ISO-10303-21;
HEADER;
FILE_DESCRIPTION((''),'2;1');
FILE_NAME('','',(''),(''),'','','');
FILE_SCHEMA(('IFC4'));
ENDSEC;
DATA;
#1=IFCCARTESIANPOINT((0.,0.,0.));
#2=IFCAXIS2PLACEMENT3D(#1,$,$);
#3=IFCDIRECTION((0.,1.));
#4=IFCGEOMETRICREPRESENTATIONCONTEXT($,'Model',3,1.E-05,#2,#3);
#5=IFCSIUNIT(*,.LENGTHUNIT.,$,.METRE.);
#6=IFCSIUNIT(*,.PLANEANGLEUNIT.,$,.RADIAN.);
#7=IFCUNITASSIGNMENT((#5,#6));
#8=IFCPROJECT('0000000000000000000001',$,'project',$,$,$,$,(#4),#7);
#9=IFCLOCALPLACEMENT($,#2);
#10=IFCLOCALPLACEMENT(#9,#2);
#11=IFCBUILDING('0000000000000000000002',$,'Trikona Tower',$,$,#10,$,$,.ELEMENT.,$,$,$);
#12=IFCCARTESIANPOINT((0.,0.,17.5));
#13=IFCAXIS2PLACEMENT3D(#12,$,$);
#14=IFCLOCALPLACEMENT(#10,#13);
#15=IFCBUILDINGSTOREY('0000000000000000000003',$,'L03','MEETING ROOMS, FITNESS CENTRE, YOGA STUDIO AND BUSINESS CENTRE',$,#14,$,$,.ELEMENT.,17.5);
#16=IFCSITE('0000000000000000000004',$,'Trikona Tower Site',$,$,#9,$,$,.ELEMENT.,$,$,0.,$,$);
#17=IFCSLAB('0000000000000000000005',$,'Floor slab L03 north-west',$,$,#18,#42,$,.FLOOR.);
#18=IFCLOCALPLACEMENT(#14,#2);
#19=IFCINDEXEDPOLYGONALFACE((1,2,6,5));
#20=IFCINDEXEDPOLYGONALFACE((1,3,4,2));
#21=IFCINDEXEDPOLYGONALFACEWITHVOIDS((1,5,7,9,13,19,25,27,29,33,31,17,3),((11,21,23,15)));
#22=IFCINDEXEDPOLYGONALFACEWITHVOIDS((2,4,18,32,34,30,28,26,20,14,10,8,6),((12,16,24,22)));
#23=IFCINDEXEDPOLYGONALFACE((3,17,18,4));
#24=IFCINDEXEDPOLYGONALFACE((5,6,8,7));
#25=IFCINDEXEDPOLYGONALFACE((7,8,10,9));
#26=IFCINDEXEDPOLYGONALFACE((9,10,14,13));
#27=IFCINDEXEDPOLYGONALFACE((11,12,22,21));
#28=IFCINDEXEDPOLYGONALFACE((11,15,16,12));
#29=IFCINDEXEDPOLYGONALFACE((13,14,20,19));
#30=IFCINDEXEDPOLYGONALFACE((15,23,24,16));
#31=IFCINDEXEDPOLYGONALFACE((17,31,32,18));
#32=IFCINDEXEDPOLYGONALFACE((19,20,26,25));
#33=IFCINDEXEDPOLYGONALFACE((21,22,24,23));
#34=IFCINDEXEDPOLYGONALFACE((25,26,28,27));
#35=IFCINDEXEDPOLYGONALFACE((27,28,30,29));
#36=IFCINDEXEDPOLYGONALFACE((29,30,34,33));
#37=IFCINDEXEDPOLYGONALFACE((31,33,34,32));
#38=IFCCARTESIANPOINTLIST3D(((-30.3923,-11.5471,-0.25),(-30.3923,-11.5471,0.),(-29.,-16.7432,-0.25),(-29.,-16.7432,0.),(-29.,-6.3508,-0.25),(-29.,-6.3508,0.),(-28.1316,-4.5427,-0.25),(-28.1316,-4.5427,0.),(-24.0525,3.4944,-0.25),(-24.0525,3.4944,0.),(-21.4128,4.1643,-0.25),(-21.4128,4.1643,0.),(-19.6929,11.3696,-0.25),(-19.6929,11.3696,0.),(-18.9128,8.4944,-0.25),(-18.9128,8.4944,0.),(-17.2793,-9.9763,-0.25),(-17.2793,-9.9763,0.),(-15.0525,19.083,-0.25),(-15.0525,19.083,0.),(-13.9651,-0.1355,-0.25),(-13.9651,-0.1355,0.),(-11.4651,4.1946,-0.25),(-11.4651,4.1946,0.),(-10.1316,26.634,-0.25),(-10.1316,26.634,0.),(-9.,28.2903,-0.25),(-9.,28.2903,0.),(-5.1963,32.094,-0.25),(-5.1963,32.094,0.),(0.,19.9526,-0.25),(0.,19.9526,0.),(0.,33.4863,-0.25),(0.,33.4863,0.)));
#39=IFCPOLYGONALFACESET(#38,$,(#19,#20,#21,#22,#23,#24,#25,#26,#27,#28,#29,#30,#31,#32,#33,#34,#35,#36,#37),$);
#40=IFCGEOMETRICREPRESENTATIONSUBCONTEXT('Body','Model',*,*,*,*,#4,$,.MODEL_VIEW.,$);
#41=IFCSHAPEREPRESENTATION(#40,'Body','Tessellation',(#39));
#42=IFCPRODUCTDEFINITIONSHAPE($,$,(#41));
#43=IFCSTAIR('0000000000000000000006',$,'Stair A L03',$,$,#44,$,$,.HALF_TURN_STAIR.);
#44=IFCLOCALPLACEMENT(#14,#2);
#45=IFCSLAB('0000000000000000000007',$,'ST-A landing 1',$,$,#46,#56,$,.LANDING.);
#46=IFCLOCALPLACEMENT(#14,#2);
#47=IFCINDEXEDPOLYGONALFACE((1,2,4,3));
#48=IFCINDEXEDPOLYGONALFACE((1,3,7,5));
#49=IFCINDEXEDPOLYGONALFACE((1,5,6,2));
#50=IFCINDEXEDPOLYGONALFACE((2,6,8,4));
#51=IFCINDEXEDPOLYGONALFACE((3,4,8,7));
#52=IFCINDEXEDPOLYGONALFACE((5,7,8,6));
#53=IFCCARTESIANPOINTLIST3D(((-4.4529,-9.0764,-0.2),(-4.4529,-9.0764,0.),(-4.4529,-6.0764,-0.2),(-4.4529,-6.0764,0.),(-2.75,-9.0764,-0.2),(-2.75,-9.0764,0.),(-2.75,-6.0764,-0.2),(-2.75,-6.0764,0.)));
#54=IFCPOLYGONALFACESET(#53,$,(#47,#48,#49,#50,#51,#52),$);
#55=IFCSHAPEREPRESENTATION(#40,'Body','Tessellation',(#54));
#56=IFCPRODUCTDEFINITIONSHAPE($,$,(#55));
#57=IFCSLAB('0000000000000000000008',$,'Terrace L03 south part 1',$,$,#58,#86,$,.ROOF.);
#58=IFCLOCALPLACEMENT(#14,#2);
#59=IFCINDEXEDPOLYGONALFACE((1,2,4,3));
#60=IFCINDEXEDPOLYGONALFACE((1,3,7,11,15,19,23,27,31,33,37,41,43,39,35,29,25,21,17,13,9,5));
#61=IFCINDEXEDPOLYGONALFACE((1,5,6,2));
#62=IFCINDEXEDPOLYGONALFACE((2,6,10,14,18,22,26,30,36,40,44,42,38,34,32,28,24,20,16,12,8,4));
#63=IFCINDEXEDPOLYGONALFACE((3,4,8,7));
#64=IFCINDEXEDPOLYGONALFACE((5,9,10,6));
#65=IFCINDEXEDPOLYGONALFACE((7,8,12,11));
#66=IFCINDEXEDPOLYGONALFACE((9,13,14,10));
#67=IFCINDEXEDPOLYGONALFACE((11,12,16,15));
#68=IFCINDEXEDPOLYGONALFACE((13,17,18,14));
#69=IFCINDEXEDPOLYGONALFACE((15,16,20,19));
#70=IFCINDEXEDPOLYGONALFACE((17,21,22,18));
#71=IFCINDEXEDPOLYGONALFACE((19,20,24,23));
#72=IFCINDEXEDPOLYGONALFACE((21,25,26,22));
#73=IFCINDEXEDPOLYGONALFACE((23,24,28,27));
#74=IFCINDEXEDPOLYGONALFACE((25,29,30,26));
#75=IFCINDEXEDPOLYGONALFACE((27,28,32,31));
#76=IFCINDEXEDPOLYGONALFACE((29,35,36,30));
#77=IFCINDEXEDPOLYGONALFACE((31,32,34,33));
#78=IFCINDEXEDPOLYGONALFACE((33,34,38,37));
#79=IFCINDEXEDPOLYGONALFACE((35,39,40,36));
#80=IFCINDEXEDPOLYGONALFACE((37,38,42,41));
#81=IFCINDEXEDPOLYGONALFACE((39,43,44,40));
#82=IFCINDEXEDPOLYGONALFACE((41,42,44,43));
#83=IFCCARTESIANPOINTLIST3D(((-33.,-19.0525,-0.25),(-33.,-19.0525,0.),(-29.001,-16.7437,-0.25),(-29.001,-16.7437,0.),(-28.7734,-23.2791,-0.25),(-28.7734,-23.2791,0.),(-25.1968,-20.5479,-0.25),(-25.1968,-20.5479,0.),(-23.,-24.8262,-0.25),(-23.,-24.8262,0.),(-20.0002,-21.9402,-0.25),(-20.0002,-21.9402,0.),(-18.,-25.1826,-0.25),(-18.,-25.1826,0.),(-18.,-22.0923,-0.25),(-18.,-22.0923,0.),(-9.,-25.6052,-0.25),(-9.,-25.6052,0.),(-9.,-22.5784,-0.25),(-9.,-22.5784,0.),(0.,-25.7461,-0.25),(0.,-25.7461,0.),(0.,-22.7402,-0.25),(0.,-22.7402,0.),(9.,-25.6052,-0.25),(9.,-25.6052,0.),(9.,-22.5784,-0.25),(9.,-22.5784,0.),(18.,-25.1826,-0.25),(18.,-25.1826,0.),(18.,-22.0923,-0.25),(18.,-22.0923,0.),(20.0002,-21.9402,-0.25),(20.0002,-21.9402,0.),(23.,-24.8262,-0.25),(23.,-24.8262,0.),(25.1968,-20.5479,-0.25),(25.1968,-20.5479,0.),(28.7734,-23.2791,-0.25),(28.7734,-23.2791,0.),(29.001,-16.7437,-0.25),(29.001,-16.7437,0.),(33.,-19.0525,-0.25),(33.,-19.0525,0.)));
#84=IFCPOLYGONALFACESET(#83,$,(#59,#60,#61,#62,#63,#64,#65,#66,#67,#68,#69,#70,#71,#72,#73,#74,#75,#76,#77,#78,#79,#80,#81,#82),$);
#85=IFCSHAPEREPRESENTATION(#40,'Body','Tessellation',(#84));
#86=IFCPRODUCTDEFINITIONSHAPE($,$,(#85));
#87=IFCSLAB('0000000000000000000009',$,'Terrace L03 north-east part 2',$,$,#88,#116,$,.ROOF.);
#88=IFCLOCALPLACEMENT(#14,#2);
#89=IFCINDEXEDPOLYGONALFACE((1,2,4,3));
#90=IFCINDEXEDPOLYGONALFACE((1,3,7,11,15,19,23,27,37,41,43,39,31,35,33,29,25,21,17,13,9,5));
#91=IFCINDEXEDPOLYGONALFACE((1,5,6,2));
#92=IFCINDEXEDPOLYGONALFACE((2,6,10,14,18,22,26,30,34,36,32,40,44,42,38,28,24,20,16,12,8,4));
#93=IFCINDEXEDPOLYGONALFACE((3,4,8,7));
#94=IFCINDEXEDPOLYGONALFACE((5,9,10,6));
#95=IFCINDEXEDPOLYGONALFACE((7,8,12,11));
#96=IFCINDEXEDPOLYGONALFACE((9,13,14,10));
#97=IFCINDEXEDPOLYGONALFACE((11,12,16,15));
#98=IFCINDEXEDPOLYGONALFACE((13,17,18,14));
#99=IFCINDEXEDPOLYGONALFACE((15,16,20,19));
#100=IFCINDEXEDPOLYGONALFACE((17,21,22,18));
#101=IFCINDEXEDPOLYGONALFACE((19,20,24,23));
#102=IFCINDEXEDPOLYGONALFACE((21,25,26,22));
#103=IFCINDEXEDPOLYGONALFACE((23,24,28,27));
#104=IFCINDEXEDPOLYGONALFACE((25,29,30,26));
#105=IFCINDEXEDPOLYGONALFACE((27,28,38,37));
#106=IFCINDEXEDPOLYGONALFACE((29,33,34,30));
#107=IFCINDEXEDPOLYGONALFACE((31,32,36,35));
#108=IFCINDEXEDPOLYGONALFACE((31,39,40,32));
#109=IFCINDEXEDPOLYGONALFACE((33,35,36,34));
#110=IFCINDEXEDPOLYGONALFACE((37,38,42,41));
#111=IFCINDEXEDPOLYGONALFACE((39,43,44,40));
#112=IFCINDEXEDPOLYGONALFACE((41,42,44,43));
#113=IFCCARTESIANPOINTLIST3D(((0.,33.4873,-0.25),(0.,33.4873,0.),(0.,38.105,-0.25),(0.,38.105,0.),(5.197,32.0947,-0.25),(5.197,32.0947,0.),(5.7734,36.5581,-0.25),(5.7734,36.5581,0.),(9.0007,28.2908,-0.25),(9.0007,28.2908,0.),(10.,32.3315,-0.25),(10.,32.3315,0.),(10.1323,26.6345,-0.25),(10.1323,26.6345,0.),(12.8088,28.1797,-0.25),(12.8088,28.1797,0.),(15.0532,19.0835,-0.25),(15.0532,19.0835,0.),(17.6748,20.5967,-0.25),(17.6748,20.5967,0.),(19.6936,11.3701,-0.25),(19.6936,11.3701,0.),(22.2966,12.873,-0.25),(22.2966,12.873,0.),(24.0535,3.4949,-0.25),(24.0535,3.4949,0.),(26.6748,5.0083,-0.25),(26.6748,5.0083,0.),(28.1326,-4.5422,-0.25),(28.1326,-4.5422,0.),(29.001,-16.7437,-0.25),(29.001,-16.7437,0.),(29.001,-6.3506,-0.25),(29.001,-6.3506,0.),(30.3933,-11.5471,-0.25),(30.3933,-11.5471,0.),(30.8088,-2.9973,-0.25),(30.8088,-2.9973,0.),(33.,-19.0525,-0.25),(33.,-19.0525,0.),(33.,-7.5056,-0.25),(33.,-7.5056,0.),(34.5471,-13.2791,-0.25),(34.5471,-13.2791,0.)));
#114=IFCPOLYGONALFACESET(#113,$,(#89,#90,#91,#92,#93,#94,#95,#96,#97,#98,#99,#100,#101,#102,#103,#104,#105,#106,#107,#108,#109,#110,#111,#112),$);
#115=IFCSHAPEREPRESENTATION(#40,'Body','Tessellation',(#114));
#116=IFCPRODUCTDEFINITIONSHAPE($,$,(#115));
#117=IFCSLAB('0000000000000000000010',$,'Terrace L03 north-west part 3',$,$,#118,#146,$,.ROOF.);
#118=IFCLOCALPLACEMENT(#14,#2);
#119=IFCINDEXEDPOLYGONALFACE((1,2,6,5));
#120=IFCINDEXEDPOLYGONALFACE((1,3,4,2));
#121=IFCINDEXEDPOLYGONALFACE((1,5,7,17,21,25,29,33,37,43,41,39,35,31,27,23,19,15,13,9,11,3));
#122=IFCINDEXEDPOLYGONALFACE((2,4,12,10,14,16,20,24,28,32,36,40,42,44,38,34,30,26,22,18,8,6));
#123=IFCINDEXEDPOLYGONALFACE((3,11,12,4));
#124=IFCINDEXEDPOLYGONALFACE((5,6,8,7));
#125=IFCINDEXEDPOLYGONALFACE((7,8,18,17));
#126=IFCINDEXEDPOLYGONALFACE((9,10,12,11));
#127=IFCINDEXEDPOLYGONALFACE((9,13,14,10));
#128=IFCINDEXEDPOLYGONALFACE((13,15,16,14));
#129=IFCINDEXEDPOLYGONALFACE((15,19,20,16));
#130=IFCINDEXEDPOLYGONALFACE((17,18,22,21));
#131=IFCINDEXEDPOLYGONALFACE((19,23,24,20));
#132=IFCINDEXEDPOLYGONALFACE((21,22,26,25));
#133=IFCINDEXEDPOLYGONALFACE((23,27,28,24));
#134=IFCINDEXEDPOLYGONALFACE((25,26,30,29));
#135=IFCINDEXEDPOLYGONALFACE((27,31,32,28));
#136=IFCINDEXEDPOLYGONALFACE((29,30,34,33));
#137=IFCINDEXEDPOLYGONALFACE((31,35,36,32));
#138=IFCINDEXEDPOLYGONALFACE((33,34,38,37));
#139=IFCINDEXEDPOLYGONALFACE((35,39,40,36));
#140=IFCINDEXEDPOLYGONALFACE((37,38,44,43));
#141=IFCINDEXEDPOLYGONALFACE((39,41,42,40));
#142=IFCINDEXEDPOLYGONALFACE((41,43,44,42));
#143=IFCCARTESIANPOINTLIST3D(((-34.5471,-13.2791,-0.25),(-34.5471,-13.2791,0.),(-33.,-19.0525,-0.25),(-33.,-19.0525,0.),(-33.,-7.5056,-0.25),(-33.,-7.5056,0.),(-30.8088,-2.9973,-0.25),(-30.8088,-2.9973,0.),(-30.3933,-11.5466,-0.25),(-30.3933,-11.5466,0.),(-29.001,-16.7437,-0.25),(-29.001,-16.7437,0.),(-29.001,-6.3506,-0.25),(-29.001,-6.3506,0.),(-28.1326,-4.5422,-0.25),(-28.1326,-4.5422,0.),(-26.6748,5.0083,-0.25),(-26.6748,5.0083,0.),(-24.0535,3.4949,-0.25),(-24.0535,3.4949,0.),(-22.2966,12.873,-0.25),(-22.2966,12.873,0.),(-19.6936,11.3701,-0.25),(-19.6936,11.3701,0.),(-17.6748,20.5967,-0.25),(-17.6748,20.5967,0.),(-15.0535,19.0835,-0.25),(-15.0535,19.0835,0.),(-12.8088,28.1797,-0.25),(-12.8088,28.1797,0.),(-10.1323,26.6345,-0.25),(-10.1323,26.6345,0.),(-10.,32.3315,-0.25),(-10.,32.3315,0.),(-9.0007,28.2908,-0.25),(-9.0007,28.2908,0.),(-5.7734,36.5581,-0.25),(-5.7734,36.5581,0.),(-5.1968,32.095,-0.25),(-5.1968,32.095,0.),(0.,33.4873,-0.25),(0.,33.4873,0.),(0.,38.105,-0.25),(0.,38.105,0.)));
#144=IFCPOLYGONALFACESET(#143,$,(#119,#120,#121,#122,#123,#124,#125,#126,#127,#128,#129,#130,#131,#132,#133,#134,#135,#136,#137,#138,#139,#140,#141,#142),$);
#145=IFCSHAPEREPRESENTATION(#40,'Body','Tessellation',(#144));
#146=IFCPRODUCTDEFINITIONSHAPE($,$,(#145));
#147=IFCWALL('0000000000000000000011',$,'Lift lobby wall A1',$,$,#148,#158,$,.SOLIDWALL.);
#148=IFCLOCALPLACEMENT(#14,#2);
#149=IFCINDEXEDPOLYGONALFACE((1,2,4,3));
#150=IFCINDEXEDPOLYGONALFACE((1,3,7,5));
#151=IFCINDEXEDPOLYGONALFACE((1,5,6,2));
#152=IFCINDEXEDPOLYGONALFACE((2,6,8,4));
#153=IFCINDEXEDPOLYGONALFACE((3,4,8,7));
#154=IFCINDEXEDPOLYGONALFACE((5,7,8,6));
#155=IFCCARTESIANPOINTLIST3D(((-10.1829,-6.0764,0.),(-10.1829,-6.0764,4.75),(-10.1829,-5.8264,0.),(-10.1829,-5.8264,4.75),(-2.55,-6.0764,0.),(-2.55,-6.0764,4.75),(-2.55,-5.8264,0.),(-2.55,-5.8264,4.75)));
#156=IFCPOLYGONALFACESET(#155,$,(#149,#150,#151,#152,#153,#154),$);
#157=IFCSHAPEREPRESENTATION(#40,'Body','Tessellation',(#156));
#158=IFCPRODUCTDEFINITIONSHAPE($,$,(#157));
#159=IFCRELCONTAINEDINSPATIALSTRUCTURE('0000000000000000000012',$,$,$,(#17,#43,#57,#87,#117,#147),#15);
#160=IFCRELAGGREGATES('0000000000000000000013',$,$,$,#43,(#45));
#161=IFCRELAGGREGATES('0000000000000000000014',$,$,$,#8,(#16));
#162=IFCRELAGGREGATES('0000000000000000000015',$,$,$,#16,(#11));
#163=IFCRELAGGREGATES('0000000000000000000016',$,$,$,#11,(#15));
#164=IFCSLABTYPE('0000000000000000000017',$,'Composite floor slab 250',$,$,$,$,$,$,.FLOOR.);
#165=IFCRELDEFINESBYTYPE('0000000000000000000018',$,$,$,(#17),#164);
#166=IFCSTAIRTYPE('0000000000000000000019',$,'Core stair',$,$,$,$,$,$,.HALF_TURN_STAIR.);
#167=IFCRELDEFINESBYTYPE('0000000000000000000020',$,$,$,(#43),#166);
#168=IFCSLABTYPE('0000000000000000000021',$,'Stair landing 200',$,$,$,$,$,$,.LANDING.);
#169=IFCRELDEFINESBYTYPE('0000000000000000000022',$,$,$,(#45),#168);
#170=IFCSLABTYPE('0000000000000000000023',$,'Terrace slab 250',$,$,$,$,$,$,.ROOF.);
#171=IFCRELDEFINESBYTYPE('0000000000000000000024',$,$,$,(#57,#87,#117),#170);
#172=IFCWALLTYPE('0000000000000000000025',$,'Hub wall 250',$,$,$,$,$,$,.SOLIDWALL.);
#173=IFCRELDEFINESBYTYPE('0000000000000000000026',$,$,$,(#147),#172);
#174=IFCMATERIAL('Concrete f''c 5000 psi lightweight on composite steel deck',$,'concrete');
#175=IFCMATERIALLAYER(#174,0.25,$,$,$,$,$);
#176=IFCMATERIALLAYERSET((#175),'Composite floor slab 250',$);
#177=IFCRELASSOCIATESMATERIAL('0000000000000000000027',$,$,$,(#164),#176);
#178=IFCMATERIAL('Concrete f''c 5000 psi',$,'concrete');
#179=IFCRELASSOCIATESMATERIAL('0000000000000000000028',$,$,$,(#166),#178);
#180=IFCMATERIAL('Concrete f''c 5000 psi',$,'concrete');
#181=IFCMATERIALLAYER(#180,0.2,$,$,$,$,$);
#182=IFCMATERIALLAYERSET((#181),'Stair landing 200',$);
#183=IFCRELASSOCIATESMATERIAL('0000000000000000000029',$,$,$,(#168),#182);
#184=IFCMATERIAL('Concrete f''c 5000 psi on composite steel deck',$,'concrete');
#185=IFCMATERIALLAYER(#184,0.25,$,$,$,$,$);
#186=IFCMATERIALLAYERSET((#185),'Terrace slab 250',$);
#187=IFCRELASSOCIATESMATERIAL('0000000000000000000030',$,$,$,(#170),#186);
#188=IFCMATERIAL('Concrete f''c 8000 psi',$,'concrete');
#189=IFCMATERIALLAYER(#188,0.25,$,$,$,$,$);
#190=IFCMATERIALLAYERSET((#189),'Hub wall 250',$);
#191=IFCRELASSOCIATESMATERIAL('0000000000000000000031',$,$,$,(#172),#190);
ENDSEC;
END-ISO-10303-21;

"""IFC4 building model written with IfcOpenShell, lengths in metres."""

from ifc_helpers import new_model, si_unit, direction, frame, frame_2d, origin, place, context, subcontext, project, spatial, polyline, rectangle, outline, extrude, material, layer, layer_set, type_object, element, aggregate, save


model = new_model("IFC4")

# Units and contexts
model_context = context("Model", 3, precision=1e-05, world=origin(), true_north=direction((0.0, 1.0)))
body_context = subcontext(model_context, "Body", "Model", "MODEL_VIEW")
ifc_project = project(units=[si_unit("LENGTHUNIT", "METRE"), si_unit("PLANEANGLEUNIT", "RADIAN")], contexts=[model_context])

# Site, building, storey
site_placement = place(None, origin())
site = spatial("IfcSite", under=ifc_project, at=site_placement, Name="Trikona Tower Site", CompositionType="ELEMENT", RefElevation=0.0)
building_placement = place(site_placement, origin())
building = spatial("IfcBuilding", under=site, at=building_placement, Name="Trikona Tower", CompositionType="ELEMENT")
storey_placement = place(building_placement, frame((0.0, 0.0, 17.5)))
storey = spatial("IfcBuildingStorey", under=building, at=storey_placement, Name="L03", Description="MEETING ROOMS, FITNESS CENTRE, YOGA STUDIO AND BUSINESS CENTRE", CompositionType="ELEMENT", Elevation=17.5)

# Slab
ifc_material_1 = material(Name="Concrete f'c 5000 psi lightweight on composite steel deck", Category="concrete")
ifc_layer_1 = layer(ifc_material_1, 0.25)
ifc_layer_set_1 = layer_set([ifc_layer_1], Name="Composite floor slab 250")
slab_type_1 = type_object("IfcSlabType", Name="Composite floor slab 250", PredefinedType="FLOOR", material=ifc_layer_set_1)
slab_1_placement = place(storey_placement, frame((0.0, 0.0, -0.25)))
element("IfcSlab", 1, at=slab_1_placement, inside=storey, type_object=slab_type_1, Name="Floor slab L03 north-west", PredefinedType="FLOOR", context=body_context, shape_type="SweptSolid", body=[
    extrude(outline(polyline([(-30.3923, -11.5471), (-29.0, -16.7432), (-17.2793, -9.9763), (0.0, 19.9526), (0.0, 33.4863), (-5.1963, 32.094), (-9.0, 28.2903), (-10.1316, 26.634), (-15.0525, 19.083), (-19.6929, 11.3696), (-24.0525, 3.4944), (-28.1316, -4.5427), (-29.0, -6.3508), (-30.3923, -11.5471)]), holes=[polyline([(-13.9651, -0.1355), (-11.4651, 4.1946), (-18.9128, 8.4944), (-21.4128, 4.1643), (-13.9651, -0.1355)])]), origin(), (0.0, 0.0, 1.0), 0.25),
])

# Stair, slab
ifc_material_2 = material(Name="Concrete f'c 5000 psi", Category="concrete")
stair_type = type_object("IfcStairType", Name="Core stair", PredefinedType="HALF_TURN_STAIR", material=ifc_material_2)
stair_placement = place(storey_placement, origin())
stair = element("IfcStair", 2, at=stair_placement, inside=storey, type_object=stair_type, Name="Stair A L03", PredefinedType="HALF_TURN_STAIR")
ifc_material_3 = material(Name="Concrete f'c 5000 psi", Category="concrete")
ifc_layer_2 = layer(ifc_material_3, 0.2)
ifc_layer_set_2 = layer_set([ifc_layer_2], Name="Stair landing 200")
slab_type_2 = type_object("IfcSlabType", Name="Stair landing 200", PredefinedType="LANDING", material=ifc_layer_set_2)
slab_2_placement = place(storey_placement, frame((0.0, 0.0, -0.2)))
slab_2 = element("IfcSlab", 3, at=slab_2_placement, type_object=slab_type_2, Name="ST-A landing 1", PredefinedType="LANDING", context=body_context, shape_type="SweptSolid", body=[
    extrude(outline(polyline([(-4.4529, -6.0764), (-2.75, -6.0764), (-2.75, -9.0764), (-4.4529, -9.0764), (-4.4529, -6.0764)])), origin(), (0.0, 0.0, 1.0), 0.2),
])
aggregate(stair, [slab_2])

# Slabs
ifc_material_4 = material(Name="Concrete f'c 5000 psi on composite steel deck", Category="concrete")
ifc_layer_3 = layer(ifc_material_4, 0.25)
ifc_layer_set_3 = layer_set([ifc_layer_3], Name="Terrace slab 250")
slab_type_3 = type_object("IfcSlabType", Name="Terrace slab 250", PredefinedType="ROOF", material=ifc_layer_set_3)
slab_3_placement = place(storey_placement, frame((0.0, 0.0, -0.25)))
element("IfcSlab", 4, at=slab_3_placement, inside=storey, type_object=slab_type_3, Name="Terrace L03 south part 1", PredefinedType="ROOF", context=body_context, shape_type="SweptSolid", body=[
    extrude(outline(polyline([(-33.0, -19.0525), (-28.7734, -23.2791), (-23.0, -24.8262), (-18.0, -25.1826), (-9.0, -25.6052), (0.0, -25.7461), (9.0, -25.6052), (18.0, -25.1826), (23.0, -24.8262), (28.7734, -23.2791), (33.0, -19.0525), (29.001, -16.7437), (25.1968, -20.5479), (20.0002, -21.9402), (18.0, -22.0923), (9.0, -22.5784), (0.0, -22.7402), (-9.0, -22.5784), (-18.0, -22.0923), (-20.0002, -21.9402), (-25.1968, -20.5479), (-29.001, -16.7437), (-33.0, -19.0525)])), origin(), (0.0, 0.0, 1.0), 0.25),
])
slab_4_placement = place(storey_placement, frame((0.0, 0.0, -0.25)))
element("IfcSlab", 5, at=slab_4_placement, inside=storey, type_object=slab_type_3, Name="Terrace L03 north-east part 2", PredefinedType="ROOF", context=body_context, shape_type="SweptSolid", body=[
    extrude(outline(polyline([(5.7734, 36.5581), (0.0, 38.105), (0.0, 33.4873), (5.197, 32.0947), (9.0007, 28.2908), (10.1323, 26.6345), (15.0532, 19.0835), (19.6936, 11.3701), (24.0535, 3.4949), (28.1326, -4.5422), (29.001, -6.3506), (30.3933, -11.5471), (29.001, -16.7437), (33.0, -19.0525), (34.5471, -13.2791), (33.0, -7.5056), (30.8088, -2.9973), (26.6748, 5.0083), (22.2966, 12.873), (17.6748, 20.5967), (12.8088, 28.1797), (10.0, 32.3315), (5.7734, 36.5581)])), origin(), (0.0, 0.0, 1.0), 0.25),
])
slab_5_placement = place(storey_placement, frame((0.0, 0.0, -0.25)))
element("IfcSlab", 6, at=slab_5_placement, inside=storey, type_object=slab_type_3, Name="Terrace L03 north-west part 3", PredefinedType="ROOF", context=body_context, shape_type="SweptSolid", body=[
    extrude(outline(polyline([(-34.5471, -13.2791), (-33.0, -19.0525), (-29.001, -16.7437), (-30.3933, -11.5466), (-29.001, -6.3506), (-28.1326, -4.5422), (-24.0535, 3.4949), (-19.6936, 11.3701), (-15.0535, 19.0835), (-10.1323, 26.6345), (-9.0007, 28.2908), (-5.1968, 32.095), (0.0, 33.4873), (0.0, 38.105), (-5.7734, 36.5581), (-10.0, 32.3315), (-12.8088, 28.1797), (-17.6748, 20.5967), (-22.2966, 12.873), (-26.6748, 5.0083), (-30.8088, -2.9973), (-33.0, -7.5056), (-34.5471, -13.2791)])), origin(), (0.0, 0.0, 1.0), 0.25),
])

# Wall
ifc_material_5 = material(Name="Concrete f'c 8000 psi", Category="concrete")
ifc_layer_4 = layer(ifc_material_5, 0.25)
ifc_layer_set_4 = layer_set([ifc_layer_4], Name="Hub wall 250")
wall_type_1 = type_object("IfcWallType", Name="Hub wall 250", PredefinedType="SOLIDWALL", material=ifc_layer_set_4)
wall_1_placement = place(storey_placement, frame((-10.1829, -5.9514, 0.0), z_axis=(0.0, 0.0, 1.0), x_axis=(1.0, 0.0, 0.0)))
element("IfcWall", 7, at=wall_1_placement, inside=storey, type_object=wall_type_1, Name="Lift lobby wall A1", PredefinedType="SOLIDWALL", context=body_context, shape_type="SweptSolid", body=[
    extrude(rectangle(XDim=7.6328, YDim=0.25, at=frame_2d((3.8164, 0.0))), origin(), (0.0, 0.0, 1.0), 4.75),
])

save(model, "model.ifc")
